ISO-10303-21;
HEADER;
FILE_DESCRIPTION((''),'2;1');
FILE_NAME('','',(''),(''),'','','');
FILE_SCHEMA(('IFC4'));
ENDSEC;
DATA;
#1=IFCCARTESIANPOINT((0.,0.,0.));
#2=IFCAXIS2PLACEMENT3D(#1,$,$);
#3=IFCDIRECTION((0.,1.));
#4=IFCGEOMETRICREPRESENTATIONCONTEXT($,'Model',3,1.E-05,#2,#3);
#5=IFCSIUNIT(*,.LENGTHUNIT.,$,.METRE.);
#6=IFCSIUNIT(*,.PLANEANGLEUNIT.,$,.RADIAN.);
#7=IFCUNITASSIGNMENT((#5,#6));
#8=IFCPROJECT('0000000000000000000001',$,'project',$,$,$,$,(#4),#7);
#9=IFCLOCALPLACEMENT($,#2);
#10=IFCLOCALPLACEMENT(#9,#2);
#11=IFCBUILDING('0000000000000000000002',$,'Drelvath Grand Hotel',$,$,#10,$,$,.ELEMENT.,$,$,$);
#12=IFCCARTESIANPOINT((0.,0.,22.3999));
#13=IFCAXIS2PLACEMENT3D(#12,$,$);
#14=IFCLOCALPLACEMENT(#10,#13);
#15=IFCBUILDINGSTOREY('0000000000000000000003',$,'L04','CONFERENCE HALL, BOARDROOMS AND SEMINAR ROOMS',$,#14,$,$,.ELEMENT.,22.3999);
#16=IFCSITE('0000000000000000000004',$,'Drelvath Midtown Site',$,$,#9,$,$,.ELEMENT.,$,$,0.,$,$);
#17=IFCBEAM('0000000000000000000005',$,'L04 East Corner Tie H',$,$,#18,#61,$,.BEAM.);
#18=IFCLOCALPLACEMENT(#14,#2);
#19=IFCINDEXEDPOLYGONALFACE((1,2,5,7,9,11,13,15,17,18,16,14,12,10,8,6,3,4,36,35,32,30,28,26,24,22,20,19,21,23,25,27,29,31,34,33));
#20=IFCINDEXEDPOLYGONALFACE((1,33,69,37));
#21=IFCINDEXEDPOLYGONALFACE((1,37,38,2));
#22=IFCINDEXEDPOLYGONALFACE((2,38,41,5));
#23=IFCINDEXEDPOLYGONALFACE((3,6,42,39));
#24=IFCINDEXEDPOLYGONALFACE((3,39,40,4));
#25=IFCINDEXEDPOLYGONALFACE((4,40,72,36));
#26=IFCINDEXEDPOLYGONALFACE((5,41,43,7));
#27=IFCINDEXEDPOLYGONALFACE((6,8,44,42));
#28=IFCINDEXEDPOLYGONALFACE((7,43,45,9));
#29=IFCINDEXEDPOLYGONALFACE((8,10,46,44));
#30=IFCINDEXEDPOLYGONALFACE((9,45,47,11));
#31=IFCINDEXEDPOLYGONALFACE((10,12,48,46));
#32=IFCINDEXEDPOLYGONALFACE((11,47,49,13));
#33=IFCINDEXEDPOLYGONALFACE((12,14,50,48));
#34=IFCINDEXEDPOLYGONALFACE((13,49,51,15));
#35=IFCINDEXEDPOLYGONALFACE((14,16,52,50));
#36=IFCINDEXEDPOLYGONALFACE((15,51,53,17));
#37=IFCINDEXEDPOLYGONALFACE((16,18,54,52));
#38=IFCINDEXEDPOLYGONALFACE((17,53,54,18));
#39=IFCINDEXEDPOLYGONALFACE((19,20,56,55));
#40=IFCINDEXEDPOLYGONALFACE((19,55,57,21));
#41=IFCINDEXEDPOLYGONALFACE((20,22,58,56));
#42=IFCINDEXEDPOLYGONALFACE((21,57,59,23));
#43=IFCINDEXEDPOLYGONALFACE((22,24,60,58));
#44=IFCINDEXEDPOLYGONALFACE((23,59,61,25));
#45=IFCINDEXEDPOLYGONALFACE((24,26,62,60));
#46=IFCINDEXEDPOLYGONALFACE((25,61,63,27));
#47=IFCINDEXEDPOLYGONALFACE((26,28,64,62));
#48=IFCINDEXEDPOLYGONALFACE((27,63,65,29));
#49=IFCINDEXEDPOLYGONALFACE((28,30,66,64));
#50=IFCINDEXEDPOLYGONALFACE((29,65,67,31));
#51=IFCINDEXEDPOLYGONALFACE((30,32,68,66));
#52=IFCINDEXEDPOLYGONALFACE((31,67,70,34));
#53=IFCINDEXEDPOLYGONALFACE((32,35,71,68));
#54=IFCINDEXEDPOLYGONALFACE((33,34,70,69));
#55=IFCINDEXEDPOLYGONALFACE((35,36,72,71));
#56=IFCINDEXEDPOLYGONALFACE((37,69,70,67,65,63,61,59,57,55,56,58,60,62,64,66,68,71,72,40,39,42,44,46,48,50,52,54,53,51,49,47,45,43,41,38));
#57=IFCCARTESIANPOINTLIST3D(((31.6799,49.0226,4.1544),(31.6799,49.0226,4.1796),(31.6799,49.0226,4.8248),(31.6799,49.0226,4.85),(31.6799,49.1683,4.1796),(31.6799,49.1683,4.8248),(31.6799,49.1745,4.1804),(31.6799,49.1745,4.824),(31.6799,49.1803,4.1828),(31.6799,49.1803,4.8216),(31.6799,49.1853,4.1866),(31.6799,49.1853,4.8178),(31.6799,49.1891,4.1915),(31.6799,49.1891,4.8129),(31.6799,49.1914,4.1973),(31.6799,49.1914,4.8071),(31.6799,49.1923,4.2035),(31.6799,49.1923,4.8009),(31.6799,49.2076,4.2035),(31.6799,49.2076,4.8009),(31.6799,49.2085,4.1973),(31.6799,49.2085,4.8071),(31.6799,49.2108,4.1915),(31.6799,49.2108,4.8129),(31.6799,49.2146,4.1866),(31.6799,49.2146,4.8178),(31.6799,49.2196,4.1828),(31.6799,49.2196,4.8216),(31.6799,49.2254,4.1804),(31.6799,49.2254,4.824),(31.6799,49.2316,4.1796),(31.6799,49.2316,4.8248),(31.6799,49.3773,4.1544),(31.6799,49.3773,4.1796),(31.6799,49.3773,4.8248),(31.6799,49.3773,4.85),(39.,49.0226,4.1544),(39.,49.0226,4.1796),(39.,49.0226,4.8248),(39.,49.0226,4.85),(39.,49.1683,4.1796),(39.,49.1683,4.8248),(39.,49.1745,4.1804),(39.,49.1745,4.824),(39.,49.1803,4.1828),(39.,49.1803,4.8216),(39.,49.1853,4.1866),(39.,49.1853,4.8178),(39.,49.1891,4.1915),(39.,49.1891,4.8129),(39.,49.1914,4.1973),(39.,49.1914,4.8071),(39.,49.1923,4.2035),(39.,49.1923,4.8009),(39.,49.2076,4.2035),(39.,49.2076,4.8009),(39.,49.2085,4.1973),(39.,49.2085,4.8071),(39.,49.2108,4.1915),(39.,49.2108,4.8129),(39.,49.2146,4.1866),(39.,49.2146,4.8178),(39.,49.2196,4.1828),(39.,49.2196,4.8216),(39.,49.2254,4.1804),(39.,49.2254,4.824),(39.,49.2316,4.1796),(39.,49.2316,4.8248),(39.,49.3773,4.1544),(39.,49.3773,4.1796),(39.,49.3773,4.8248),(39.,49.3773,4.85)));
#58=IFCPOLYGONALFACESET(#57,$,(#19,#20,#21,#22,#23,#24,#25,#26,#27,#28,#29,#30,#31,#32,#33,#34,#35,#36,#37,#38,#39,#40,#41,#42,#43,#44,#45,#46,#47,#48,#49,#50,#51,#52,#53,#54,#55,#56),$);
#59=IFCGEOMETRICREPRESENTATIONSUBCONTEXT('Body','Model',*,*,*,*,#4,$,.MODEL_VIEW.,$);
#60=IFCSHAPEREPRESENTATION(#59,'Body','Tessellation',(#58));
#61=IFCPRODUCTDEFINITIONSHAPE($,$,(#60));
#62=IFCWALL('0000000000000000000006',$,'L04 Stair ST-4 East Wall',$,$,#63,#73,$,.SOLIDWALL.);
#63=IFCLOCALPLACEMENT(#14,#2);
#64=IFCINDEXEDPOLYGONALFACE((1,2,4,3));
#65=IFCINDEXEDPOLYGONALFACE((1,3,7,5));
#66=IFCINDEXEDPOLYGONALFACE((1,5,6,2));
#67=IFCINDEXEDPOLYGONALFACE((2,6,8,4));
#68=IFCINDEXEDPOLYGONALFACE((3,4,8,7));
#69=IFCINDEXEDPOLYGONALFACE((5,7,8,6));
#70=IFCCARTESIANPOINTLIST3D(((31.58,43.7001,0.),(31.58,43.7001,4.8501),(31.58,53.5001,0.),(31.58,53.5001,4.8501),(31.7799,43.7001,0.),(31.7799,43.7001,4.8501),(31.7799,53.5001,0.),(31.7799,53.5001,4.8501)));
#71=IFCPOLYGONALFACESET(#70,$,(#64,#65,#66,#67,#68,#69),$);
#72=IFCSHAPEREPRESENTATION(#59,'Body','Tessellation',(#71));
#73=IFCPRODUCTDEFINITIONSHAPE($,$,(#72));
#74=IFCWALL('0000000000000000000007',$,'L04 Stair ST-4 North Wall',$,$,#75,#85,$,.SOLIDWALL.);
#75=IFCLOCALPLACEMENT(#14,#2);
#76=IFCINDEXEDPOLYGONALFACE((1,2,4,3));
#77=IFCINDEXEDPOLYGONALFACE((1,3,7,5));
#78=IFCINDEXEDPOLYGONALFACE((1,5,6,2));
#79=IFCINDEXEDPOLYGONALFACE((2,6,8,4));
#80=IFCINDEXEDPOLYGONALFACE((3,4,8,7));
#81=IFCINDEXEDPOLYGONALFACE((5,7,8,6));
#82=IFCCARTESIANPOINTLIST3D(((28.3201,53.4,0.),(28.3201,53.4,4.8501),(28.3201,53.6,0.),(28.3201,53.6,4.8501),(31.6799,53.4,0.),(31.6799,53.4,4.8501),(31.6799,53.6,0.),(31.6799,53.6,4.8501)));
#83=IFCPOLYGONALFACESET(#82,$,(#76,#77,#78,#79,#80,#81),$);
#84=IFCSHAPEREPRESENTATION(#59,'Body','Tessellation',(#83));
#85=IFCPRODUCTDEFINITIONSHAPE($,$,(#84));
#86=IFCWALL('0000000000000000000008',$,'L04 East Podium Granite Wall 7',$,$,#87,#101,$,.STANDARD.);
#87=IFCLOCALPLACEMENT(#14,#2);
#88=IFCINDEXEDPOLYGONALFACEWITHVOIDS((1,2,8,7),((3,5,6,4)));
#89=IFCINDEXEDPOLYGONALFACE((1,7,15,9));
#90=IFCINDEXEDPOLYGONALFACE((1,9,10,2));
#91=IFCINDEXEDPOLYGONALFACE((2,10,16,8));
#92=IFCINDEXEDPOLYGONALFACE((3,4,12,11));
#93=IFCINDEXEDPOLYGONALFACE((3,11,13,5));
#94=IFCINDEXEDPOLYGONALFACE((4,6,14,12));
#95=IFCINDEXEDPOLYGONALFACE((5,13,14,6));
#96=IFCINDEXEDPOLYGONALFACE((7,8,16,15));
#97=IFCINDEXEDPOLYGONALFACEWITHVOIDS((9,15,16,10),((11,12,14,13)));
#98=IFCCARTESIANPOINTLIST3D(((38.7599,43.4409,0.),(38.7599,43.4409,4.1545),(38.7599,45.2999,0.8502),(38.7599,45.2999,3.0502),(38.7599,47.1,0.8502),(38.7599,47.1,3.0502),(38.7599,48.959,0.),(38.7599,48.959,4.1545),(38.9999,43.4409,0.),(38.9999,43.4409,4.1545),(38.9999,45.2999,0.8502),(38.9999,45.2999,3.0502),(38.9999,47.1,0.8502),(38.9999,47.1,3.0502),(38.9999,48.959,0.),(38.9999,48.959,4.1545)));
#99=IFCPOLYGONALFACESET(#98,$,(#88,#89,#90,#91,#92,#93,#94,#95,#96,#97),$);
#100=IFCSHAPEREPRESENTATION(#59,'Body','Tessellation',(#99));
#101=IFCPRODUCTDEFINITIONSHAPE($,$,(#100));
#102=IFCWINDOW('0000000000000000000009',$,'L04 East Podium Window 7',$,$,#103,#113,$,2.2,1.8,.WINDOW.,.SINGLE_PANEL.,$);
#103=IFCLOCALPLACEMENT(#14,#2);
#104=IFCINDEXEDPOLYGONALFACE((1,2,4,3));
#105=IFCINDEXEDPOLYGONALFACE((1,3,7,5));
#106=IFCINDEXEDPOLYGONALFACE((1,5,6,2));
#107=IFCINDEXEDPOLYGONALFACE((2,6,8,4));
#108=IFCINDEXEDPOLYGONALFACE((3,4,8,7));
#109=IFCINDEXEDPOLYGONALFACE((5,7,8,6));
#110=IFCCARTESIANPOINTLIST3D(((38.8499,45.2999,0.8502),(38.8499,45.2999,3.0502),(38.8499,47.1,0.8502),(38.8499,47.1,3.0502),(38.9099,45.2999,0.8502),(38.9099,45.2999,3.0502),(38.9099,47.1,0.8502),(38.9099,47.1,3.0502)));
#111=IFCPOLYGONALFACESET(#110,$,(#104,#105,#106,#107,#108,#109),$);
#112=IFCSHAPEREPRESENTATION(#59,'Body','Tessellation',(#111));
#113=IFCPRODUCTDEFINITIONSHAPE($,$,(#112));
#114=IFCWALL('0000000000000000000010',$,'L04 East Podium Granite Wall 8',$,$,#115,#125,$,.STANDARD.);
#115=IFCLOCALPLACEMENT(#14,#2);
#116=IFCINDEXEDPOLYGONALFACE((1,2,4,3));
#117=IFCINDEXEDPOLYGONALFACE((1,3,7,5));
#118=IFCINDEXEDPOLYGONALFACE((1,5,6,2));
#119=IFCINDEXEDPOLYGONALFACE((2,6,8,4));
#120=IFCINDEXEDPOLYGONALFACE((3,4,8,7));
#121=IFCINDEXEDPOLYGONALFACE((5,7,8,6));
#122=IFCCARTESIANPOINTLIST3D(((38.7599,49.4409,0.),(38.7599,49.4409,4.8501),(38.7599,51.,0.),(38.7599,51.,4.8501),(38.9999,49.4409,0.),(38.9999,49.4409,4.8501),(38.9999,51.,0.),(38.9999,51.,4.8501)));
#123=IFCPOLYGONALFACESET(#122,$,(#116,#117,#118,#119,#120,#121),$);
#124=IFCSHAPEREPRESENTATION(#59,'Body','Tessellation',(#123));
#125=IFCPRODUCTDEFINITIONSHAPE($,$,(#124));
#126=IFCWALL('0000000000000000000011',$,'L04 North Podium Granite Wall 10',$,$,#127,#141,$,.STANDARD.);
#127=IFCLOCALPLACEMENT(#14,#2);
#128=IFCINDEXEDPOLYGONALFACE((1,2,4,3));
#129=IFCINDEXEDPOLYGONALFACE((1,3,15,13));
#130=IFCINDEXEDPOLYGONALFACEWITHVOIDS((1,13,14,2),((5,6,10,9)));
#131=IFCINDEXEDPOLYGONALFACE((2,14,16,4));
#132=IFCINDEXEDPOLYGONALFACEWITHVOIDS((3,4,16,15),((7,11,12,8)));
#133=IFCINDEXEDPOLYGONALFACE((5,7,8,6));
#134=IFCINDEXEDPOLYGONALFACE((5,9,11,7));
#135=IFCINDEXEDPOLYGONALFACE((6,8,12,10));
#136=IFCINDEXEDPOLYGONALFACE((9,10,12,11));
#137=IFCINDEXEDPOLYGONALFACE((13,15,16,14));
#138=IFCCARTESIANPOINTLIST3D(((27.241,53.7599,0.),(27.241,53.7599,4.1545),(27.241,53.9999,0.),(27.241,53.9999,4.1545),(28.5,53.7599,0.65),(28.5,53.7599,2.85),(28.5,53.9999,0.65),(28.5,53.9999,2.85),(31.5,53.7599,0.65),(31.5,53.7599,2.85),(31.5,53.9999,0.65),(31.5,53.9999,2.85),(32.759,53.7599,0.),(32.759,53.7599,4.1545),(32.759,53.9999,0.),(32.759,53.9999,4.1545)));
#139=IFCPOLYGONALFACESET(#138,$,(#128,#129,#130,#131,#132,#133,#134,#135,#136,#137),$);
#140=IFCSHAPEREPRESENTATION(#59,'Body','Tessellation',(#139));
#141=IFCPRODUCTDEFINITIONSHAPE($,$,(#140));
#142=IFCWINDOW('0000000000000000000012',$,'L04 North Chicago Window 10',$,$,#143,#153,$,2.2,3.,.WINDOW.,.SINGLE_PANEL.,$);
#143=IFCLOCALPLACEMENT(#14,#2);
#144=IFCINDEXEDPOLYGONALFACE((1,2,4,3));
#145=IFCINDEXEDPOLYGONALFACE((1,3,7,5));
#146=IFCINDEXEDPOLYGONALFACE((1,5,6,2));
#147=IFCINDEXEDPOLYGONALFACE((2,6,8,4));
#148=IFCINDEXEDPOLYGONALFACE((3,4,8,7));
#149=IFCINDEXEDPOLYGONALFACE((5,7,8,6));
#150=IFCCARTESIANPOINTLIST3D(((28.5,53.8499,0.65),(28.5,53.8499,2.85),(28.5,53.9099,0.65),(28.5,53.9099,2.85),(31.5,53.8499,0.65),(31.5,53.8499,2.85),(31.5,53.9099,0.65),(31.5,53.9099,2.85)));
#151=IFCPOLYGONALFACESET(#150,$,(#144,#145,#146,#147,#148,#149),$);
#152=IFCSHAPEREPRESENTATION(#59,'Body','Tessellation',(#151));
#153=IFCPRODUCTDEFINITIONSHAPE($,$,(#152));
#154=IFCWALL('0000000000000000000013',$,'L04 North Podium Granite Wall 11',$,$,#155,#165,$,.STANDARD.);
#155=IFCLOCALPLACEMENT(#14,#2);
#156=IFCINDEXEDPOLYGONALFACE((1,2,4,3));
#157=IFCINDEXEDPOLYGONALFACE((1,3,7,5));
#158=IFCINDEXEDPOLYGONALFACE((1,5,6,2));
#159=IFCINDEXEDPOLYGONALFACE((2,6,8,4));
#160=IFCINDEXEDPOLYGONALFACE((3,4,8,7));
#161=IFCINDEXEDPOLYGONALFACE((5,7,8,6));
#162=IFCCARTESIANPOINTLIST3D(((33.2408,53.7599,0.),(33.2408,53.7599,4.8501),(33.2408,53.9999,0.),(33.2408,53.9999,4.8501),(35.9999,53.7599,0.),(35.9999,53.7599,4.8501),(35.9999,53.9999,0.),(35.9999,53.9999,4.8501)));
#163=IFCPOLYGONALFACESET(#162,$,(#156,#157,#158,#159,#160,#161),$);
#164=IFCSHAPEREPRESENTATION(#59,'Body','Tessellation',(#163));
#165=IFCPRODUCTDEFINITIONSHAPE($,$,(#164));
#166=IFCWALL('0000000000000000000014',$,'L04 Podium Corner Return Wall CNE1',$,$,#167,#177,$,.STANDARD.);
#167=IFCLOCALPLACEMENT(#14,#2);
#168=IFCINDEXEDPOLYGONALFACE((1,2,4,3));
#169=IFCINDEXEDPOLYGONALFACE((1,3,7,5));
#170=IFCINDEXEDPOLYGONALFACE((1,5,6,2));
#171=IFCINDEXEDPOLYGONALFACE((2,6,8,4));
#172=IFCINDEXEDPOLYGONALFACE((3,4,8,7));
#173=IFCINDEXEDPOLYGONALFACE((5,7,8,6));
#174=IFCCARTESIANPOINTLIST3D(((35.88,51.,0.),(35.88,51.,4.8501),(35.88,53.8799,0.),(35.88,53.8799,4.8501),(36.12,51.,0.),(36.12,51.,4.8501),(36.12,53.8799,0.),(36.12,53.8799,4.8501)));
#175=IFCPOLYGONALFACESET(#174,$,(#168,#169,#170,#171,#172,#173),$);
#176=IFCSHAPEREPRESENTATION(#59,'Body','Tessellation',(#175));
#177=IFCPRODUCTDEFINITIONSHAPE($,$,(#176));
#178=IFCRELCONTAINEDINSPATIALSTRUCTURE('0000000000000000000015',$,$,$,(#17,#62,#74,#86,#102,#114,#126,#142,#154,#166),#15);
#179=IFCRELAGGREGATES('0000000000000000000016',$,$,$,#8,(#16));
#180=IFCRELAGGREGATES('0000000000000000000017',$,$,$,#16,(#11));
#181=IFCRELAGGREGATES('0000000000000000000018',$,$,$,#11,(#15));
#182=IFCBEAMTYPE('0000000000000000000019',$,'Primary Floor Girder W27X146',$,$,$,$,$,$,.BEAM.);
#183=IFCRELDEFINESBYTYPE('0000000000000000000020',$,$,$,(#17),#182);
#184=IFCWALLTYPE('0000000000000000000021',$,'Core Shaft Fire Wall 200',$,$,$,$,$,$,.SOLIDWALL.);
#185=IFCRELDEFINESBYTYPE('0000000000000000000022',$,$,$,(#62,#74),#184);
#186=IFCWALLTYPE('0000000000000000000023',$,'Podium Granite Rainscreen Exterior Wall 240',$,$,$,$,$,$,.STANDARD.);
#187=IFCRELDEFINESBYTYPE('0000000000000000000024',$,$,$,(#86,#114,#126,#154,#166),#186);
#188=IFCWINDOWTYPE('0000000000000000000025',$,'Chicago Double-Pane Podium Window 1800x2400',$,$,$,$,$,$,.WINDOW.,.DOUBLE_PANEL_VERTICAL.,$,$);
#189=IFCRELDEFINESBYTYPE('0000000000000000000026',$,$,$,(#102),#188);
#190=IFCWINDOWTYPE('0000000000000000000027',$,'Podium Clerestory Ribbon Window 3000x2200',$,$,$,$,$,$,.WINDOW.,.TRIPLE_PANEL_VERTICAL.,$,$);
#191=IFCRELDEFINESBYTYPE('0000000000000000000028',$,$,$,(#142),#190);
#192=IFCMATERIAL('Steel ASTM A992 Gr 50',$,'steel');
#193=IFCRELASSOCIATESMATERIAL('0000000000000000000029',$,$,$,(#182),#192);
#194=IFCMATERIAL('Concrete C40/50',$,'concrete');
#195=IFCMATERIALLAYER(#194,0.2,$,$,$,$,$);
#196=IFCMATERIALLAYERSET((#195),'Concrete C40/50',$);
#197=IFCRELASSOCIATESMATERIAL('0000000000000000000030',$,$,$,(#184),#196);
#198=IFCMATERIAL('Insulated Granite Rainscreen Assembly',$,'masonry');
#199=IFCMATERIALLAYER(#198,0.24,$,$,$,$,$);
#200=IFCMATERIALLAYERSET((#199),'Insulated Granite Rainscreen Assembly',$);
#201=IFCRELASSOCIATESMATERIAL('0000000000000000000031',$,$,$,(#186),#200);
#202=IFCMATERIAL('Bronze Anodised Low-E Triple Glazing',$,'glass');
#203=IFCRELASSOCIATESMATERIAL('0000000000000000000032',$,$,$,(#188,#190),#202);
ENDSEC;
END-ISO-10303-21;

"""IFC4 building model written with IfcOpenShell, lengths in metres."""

from ifc_helpers import new_model, si_unit, direction, frame, frame_2d, origin, origin_2d, place, context, subcontext, project, spatial, rectangle, i_section, extrude, material, layer, layer_set, material_profile, profile_set, type_object, element, fill, save


model = new_model("IFC4")

# Units and contexts
model_context = context("Model", 3, precision=1e-05, world=origin(), true_north=direction((0.0, 1.0)))
body_context = subcontext(model_context, "Body", "Model", "MODEL_VIEW")
ifc_project = project(units=[si_unit("LENGTHUNIT", "METRE"), si_unit("PLANEANGLEUNIT", "RADIAN")], contexts=[model_context])

# Site, building, storey
site_placement = place(None, origin())
site = spatial("IfcSite", under=ifc_project, at=site_placement, Name="Drelvath Midtown Site", CompositionType="ELEMENT", RefElevation=0.0)
building_placement = place(site_placement, origin())
building = spatial("IfcBuilding", under=site, at=building_placement, Name="Drelvath Grand Hotel", CompositionType="ELEMENT")
storey_placement = place(building_placement, frame((0.0, 0.0, 22.3999)))
storey = spatial("IfcBuildingStorey", under=building, at=storey_placement, Name="L04", Description="CONFERENCE HALL, BOARDROOMS AND SEMINAR ROOMS", CompositionType="ELEMENT", Elevation=22.3999)

# Beam
ifc_material_1 = material(Name="Steel ASTM A992 Gr 50", Category="steel")
ifc_material_profile_1 = material_profile(ifc_material_1, i_section(OverallWidth=0.3547, OverallDepth=0.6956, WebThickness=0.0154, FlangeThickness=0.0251, FilletRadius=0.0239, at=origin_2d()), Name="W27X146")
ifc_profile_set_1 = profile_set([ifc_material_profile_1], Name="Steel ASTM A992 Gr 50")
beam_type = type_object("IfcBeamType", Name="Primary Floor Girder W27X146", PredefinedType="BEAM", material=ifc_profile_set_1)
beam_placement = place(storey_placement, frame((31.6799, 49.2, 4.5022), z_axis=(1.0, 0.0, 0.0), x_axis=(0.0, 1.0, 0.0)))
element("IfcBeam", 1, at=beam_placement, inside=storey, type_object=beam_type, Name="L04 East Corner Tie H", PredefinedType="BEAM", context=body_context, shape_type="SweptSolid", body=[
    extrude(i_section(OverallWidth=0.3547, OverallDepth=0.6956, WebThickness=0.0154, FlangeThickness=0.0251, FilletRadius=0.0239, at=origin_2d()), origin(), (0.0, 0.0, 1.0), 7.3201),
])

# Walls
ifc_material_2 = material(Name="Concrete C40/50", Category="concrete")
ifc_layer_1 = layer(ifc_material_2, 0.2)
ifc_layer_set_1 = layer_set([ifc_layer_1], Name="Concrete C40/50")
wall_type_1 = type_object("IfcWallType", Name="Core Shaft Fire Wall 200", PredefinedType="SOLIDWALL", material=ifc_layer_set_1)
wall_1_placement = place(storey_placement, frame((31.6799, 53.5, 0.0), z_axis=(0.0, 0.0, 1.0), x_axis=(0.0, -1.0, 0.0)))
element("IfcWall", 2, at=wall_1_placement, inside=storey, type_object=wall_type_1, Name="L04 Stair ST-4 East Wall", PredefinedType="SOLIDWALL", context=body_context, shape_type="SweptSolid", body=[
    extrude(rectangle(XDim=9.8, YDim=0.2, at=frame_2d((4.8999, 0.0))), origin(), (0.0, 0.0, 1.0), 4.8501),
])
wall_2_placement = place(storey_placement, frame((31.6799, 53.5, 0.0), z_axis=(0.0, 0.0, 1.0), x_axis=(-1.0, 0.0, 0.0)))
element("IfcWall", 3, at=wall_2_placement, inside=storey, type_object=wall_type_1, Name="L04 Stair ST-4 North Wall", PredefinedType="SOLIDWALL", context=body_context, shape_type="SweptSolid", body=[
    extrude(rectangle(XDim=3.3599, YDim=0.2, at=frame_2d((1.6799, 0.0))), origin(), (0.0, 0.0, 1.0), 4.8501),
])

# Wall, opening, window
ifc_material_3 = material(Name="Insulated Granite Rainscreen Assembly", Category="masonry")
ifc_layer_2 = layer(ifc_material_3, 0.24)
ifc_layer_set_2 = layer_set([ifc_layer_2], Name="Insulated Granite Rainscreen Assembly")
wall_type_2 = type_object("IfcWallType", Name="Podium Granite Rainscreen Exterior Wall 240", PredefinedType="STANDARD", material=ifc_layer_set_2)
wall_3_placement = place(storey_placement, frame((38.8799, 48.959, 0.0), z_axis=(0.0, 0.0, 1.0), x_axis=(0.0, -1.0, 0.0)))
wall_3 = element("IfcWall", 4, at=wall_3_placement, inside=storey, type_object=wall_type_2, Name="L04 East Podium Granite Wall 7", PredefinedType="STANDARD", context=body_context, shape_type="SweptSolid", body=[
    extrude(rectangle(XDim=5.5181, YDim=0.24, at=frame_2d((2.759, 0.0))), origin(), (0.0, 0.0, 1.0), 4.1545),
])
opening_1_placement = place(wall_3_placement, frame((1.8591, 0.0, 0.8501)))
opening_1 = element("IfcOpeningElement", 5, at=opening_1_placement, cuts=wall_3, PredefinedType="OPENING", context=body_context, shape_type="SweptSolid", body=[
    extrude(rectangle(XDim=1.8, YDim=2.2, at=frame_2d((0.8999, 1.1001))), frame((0.0, 0.1299, 0.0), z_axis=(0.0, -1.0, 0.0), x_axis=(1.0, 0.0, 0.0)), (0.0, 0.0, 1.0), 0.26),
])
ifc_material_4 = material(Name="Bronze Anodised Low-E Triple Glazing", Category="glass")
window_type_1 = type_object("IfcWindowType", Name="Chicago Double-Pane Podium Window 1800x2400", PartitioningType="DOUBLE_PANEL_VERTICAL", PredefinedType="WINDOW", material=ifc_material_4)
window_1_placement = place(opening_1_placement, origin())
window_1 = element("IfcWindow", 6, at=window_1_placement, inside=storey, type_object=window_type_1, Name="L04 East Podium Window 7", OverallHeight=2.2, OverallWidth=1.8, PartitioningType="SINGLE_PANEL", PredefinedType="WINDOW", context=body_context, shape_type="SweptSolid", body=[
    extrude(rectangle(XDim=1.8, YDim=2.2, at=frame_2d((0.8999, 1.1001))), frame((0.0, 0.03, 0.0), z_axis=(0.0, -1.0, 0.0), x_axis=(1.0, 0.0, 0.0)), (0.0, 0.0, 1.0), 0.0601),
])
fill(opening_1, window_1)

# Wall
wall_4_placement = place(storey_placement, frame((38.8799, 51.0, 0.0), z_axis=(0.0, 0.0, 1.0), x_axis=(0.0, -1.0, 0.0)))
element("IfcWall", 7, at=wall_4_placement, inside=storey, type_object=wall_type_2, Name="L04 East Podium Granite Wall 8", PredefinedType="STANDARD", context=body_context, shape_type="SweptSolid", body=[
    extrude(rectangle(XDim=1.5591, YDim=0.24, at=frame_2d((0.7795, 0.0))), origin(), (0.0, 0.0, 1.0), 4.8501),
])

# Wall, opening, window
wall_5_placement = place(storey_placement, frame((27.241, 53.8799, 0.0), z_axis=(0.0, 0.0, 1.0), x_axis=(1.0, 0.0, 0.0)))
wall_5 = element("IfcWall", 8, at=wall_5_placement, inside=storey, type_object=wall_type_2, Name="L04 North Podium Granite Wall 10", PredefinedType="STANDARD", context=body_context, shape_type="SweptSolid", body=[
    extrude(rectangle(XDim=5.5181, YDim=0.24, at=frame_2d((2.759, 0.0))), origin(), (0.0, 0.0, 1.0), 4.1545),
])
opening_2_placement = place(wall_5_placement, frame((1.259, 0.0, 0.6499)))
opening_2 = element("IfcOpeningElement", 9, at=opening_2_placement, cuts=wall_5, PredefinedType="OPENING", context=body_context, shape_type="SweptSolid", body=[
    extrude(rectangle(XDim=3.0, YDim=2.2, at=frame_2d((1.5, 1.1001))), frame((0.0, 0.1299, 0.0), z_axis=(0.0, -1.0, 0.0), x_axis=(1.0, 0.0, 0.0)), (0.0, 0.0, 1.0), 0.26),
])
window_type_2 = type_object("IfcWindowType", Name="Podium Clerestory Ribbon Window 3000x2200", PartitioningType="TRIPLE_PANEL_VERTICAL", PredefinedType="WINDOW", material=ifc_material_4)
window_2_placement = place(opening_2_placement, origin())
window_2 = element("IfcWindow", 10, at=window_2_placement, inside=storey, type_object=window_type_2, Name="L04 North Chicago Window 10", OverallHeight=2.2, OverallWidth=3.0, PartitioningType="SINGLE_PANEL", PredefinedType="WINDOW", context=body_context, shape_type="SweptSolid", body=[
    extrude(rectangle(XDim=3.0, YDim=2.2, at=frame_2d((1.5, 1.1001))), frame((0.0, 0.03, 0.0), z_axis=(0.0, -1.0, 0.0), x_axis=(1.0, 0.0, 0.0)), (0.0, 0.0, 1.0), 0.0601),
])
fill(opening_2, window_2)

# Walls
wall_6_placement = place(storey_placement, frame((33.241, 53.8799, 0.0), z_axis=(0.0, 0.0, 1.0), x_axis=(1.0, 0.0, 0.0)))
element("IfcWall", 11, at=wall_6_placement, inside=storey, type_object=wall_type_2, Name="L04 North Podium Granite Wall 11", PredefinedType="STANDARD", context=body_context, shape_type="SweptSolid", body=[
    extrude(rectangle(XDim=2.759, YDim=0.24, at=frame_2d((1.3794, 0.0))), origin(), (0.0, 0.0, 1.0), 4.8501),
])
for number, where, z_axis, x_axis, name in (
    (12, (36.0, 53.8799, 0.0), (0.0, 0.0, 1.0), (0.0, -1.0, 0.0), "L04 Podium Corner Return Wall CNE1"),
):
    element("IfcWall", number, at=place(storey_placement, frame(where, z_axis=z_axis, x_axis=x_axis)), inside=storey, type_object=wall_type_2, Name=name, PredefinedType="STANDARD", context=body_context, shape_type="SweptSolid", body=[
        extrude(rectangle(XDim=2.8799, YDim=0.24, at=frame_2d((1.4399, 0.0))), origin(), (0.0, 0.0, 1.0), 4.8501),
    ])

save(model, "model.ifc")
